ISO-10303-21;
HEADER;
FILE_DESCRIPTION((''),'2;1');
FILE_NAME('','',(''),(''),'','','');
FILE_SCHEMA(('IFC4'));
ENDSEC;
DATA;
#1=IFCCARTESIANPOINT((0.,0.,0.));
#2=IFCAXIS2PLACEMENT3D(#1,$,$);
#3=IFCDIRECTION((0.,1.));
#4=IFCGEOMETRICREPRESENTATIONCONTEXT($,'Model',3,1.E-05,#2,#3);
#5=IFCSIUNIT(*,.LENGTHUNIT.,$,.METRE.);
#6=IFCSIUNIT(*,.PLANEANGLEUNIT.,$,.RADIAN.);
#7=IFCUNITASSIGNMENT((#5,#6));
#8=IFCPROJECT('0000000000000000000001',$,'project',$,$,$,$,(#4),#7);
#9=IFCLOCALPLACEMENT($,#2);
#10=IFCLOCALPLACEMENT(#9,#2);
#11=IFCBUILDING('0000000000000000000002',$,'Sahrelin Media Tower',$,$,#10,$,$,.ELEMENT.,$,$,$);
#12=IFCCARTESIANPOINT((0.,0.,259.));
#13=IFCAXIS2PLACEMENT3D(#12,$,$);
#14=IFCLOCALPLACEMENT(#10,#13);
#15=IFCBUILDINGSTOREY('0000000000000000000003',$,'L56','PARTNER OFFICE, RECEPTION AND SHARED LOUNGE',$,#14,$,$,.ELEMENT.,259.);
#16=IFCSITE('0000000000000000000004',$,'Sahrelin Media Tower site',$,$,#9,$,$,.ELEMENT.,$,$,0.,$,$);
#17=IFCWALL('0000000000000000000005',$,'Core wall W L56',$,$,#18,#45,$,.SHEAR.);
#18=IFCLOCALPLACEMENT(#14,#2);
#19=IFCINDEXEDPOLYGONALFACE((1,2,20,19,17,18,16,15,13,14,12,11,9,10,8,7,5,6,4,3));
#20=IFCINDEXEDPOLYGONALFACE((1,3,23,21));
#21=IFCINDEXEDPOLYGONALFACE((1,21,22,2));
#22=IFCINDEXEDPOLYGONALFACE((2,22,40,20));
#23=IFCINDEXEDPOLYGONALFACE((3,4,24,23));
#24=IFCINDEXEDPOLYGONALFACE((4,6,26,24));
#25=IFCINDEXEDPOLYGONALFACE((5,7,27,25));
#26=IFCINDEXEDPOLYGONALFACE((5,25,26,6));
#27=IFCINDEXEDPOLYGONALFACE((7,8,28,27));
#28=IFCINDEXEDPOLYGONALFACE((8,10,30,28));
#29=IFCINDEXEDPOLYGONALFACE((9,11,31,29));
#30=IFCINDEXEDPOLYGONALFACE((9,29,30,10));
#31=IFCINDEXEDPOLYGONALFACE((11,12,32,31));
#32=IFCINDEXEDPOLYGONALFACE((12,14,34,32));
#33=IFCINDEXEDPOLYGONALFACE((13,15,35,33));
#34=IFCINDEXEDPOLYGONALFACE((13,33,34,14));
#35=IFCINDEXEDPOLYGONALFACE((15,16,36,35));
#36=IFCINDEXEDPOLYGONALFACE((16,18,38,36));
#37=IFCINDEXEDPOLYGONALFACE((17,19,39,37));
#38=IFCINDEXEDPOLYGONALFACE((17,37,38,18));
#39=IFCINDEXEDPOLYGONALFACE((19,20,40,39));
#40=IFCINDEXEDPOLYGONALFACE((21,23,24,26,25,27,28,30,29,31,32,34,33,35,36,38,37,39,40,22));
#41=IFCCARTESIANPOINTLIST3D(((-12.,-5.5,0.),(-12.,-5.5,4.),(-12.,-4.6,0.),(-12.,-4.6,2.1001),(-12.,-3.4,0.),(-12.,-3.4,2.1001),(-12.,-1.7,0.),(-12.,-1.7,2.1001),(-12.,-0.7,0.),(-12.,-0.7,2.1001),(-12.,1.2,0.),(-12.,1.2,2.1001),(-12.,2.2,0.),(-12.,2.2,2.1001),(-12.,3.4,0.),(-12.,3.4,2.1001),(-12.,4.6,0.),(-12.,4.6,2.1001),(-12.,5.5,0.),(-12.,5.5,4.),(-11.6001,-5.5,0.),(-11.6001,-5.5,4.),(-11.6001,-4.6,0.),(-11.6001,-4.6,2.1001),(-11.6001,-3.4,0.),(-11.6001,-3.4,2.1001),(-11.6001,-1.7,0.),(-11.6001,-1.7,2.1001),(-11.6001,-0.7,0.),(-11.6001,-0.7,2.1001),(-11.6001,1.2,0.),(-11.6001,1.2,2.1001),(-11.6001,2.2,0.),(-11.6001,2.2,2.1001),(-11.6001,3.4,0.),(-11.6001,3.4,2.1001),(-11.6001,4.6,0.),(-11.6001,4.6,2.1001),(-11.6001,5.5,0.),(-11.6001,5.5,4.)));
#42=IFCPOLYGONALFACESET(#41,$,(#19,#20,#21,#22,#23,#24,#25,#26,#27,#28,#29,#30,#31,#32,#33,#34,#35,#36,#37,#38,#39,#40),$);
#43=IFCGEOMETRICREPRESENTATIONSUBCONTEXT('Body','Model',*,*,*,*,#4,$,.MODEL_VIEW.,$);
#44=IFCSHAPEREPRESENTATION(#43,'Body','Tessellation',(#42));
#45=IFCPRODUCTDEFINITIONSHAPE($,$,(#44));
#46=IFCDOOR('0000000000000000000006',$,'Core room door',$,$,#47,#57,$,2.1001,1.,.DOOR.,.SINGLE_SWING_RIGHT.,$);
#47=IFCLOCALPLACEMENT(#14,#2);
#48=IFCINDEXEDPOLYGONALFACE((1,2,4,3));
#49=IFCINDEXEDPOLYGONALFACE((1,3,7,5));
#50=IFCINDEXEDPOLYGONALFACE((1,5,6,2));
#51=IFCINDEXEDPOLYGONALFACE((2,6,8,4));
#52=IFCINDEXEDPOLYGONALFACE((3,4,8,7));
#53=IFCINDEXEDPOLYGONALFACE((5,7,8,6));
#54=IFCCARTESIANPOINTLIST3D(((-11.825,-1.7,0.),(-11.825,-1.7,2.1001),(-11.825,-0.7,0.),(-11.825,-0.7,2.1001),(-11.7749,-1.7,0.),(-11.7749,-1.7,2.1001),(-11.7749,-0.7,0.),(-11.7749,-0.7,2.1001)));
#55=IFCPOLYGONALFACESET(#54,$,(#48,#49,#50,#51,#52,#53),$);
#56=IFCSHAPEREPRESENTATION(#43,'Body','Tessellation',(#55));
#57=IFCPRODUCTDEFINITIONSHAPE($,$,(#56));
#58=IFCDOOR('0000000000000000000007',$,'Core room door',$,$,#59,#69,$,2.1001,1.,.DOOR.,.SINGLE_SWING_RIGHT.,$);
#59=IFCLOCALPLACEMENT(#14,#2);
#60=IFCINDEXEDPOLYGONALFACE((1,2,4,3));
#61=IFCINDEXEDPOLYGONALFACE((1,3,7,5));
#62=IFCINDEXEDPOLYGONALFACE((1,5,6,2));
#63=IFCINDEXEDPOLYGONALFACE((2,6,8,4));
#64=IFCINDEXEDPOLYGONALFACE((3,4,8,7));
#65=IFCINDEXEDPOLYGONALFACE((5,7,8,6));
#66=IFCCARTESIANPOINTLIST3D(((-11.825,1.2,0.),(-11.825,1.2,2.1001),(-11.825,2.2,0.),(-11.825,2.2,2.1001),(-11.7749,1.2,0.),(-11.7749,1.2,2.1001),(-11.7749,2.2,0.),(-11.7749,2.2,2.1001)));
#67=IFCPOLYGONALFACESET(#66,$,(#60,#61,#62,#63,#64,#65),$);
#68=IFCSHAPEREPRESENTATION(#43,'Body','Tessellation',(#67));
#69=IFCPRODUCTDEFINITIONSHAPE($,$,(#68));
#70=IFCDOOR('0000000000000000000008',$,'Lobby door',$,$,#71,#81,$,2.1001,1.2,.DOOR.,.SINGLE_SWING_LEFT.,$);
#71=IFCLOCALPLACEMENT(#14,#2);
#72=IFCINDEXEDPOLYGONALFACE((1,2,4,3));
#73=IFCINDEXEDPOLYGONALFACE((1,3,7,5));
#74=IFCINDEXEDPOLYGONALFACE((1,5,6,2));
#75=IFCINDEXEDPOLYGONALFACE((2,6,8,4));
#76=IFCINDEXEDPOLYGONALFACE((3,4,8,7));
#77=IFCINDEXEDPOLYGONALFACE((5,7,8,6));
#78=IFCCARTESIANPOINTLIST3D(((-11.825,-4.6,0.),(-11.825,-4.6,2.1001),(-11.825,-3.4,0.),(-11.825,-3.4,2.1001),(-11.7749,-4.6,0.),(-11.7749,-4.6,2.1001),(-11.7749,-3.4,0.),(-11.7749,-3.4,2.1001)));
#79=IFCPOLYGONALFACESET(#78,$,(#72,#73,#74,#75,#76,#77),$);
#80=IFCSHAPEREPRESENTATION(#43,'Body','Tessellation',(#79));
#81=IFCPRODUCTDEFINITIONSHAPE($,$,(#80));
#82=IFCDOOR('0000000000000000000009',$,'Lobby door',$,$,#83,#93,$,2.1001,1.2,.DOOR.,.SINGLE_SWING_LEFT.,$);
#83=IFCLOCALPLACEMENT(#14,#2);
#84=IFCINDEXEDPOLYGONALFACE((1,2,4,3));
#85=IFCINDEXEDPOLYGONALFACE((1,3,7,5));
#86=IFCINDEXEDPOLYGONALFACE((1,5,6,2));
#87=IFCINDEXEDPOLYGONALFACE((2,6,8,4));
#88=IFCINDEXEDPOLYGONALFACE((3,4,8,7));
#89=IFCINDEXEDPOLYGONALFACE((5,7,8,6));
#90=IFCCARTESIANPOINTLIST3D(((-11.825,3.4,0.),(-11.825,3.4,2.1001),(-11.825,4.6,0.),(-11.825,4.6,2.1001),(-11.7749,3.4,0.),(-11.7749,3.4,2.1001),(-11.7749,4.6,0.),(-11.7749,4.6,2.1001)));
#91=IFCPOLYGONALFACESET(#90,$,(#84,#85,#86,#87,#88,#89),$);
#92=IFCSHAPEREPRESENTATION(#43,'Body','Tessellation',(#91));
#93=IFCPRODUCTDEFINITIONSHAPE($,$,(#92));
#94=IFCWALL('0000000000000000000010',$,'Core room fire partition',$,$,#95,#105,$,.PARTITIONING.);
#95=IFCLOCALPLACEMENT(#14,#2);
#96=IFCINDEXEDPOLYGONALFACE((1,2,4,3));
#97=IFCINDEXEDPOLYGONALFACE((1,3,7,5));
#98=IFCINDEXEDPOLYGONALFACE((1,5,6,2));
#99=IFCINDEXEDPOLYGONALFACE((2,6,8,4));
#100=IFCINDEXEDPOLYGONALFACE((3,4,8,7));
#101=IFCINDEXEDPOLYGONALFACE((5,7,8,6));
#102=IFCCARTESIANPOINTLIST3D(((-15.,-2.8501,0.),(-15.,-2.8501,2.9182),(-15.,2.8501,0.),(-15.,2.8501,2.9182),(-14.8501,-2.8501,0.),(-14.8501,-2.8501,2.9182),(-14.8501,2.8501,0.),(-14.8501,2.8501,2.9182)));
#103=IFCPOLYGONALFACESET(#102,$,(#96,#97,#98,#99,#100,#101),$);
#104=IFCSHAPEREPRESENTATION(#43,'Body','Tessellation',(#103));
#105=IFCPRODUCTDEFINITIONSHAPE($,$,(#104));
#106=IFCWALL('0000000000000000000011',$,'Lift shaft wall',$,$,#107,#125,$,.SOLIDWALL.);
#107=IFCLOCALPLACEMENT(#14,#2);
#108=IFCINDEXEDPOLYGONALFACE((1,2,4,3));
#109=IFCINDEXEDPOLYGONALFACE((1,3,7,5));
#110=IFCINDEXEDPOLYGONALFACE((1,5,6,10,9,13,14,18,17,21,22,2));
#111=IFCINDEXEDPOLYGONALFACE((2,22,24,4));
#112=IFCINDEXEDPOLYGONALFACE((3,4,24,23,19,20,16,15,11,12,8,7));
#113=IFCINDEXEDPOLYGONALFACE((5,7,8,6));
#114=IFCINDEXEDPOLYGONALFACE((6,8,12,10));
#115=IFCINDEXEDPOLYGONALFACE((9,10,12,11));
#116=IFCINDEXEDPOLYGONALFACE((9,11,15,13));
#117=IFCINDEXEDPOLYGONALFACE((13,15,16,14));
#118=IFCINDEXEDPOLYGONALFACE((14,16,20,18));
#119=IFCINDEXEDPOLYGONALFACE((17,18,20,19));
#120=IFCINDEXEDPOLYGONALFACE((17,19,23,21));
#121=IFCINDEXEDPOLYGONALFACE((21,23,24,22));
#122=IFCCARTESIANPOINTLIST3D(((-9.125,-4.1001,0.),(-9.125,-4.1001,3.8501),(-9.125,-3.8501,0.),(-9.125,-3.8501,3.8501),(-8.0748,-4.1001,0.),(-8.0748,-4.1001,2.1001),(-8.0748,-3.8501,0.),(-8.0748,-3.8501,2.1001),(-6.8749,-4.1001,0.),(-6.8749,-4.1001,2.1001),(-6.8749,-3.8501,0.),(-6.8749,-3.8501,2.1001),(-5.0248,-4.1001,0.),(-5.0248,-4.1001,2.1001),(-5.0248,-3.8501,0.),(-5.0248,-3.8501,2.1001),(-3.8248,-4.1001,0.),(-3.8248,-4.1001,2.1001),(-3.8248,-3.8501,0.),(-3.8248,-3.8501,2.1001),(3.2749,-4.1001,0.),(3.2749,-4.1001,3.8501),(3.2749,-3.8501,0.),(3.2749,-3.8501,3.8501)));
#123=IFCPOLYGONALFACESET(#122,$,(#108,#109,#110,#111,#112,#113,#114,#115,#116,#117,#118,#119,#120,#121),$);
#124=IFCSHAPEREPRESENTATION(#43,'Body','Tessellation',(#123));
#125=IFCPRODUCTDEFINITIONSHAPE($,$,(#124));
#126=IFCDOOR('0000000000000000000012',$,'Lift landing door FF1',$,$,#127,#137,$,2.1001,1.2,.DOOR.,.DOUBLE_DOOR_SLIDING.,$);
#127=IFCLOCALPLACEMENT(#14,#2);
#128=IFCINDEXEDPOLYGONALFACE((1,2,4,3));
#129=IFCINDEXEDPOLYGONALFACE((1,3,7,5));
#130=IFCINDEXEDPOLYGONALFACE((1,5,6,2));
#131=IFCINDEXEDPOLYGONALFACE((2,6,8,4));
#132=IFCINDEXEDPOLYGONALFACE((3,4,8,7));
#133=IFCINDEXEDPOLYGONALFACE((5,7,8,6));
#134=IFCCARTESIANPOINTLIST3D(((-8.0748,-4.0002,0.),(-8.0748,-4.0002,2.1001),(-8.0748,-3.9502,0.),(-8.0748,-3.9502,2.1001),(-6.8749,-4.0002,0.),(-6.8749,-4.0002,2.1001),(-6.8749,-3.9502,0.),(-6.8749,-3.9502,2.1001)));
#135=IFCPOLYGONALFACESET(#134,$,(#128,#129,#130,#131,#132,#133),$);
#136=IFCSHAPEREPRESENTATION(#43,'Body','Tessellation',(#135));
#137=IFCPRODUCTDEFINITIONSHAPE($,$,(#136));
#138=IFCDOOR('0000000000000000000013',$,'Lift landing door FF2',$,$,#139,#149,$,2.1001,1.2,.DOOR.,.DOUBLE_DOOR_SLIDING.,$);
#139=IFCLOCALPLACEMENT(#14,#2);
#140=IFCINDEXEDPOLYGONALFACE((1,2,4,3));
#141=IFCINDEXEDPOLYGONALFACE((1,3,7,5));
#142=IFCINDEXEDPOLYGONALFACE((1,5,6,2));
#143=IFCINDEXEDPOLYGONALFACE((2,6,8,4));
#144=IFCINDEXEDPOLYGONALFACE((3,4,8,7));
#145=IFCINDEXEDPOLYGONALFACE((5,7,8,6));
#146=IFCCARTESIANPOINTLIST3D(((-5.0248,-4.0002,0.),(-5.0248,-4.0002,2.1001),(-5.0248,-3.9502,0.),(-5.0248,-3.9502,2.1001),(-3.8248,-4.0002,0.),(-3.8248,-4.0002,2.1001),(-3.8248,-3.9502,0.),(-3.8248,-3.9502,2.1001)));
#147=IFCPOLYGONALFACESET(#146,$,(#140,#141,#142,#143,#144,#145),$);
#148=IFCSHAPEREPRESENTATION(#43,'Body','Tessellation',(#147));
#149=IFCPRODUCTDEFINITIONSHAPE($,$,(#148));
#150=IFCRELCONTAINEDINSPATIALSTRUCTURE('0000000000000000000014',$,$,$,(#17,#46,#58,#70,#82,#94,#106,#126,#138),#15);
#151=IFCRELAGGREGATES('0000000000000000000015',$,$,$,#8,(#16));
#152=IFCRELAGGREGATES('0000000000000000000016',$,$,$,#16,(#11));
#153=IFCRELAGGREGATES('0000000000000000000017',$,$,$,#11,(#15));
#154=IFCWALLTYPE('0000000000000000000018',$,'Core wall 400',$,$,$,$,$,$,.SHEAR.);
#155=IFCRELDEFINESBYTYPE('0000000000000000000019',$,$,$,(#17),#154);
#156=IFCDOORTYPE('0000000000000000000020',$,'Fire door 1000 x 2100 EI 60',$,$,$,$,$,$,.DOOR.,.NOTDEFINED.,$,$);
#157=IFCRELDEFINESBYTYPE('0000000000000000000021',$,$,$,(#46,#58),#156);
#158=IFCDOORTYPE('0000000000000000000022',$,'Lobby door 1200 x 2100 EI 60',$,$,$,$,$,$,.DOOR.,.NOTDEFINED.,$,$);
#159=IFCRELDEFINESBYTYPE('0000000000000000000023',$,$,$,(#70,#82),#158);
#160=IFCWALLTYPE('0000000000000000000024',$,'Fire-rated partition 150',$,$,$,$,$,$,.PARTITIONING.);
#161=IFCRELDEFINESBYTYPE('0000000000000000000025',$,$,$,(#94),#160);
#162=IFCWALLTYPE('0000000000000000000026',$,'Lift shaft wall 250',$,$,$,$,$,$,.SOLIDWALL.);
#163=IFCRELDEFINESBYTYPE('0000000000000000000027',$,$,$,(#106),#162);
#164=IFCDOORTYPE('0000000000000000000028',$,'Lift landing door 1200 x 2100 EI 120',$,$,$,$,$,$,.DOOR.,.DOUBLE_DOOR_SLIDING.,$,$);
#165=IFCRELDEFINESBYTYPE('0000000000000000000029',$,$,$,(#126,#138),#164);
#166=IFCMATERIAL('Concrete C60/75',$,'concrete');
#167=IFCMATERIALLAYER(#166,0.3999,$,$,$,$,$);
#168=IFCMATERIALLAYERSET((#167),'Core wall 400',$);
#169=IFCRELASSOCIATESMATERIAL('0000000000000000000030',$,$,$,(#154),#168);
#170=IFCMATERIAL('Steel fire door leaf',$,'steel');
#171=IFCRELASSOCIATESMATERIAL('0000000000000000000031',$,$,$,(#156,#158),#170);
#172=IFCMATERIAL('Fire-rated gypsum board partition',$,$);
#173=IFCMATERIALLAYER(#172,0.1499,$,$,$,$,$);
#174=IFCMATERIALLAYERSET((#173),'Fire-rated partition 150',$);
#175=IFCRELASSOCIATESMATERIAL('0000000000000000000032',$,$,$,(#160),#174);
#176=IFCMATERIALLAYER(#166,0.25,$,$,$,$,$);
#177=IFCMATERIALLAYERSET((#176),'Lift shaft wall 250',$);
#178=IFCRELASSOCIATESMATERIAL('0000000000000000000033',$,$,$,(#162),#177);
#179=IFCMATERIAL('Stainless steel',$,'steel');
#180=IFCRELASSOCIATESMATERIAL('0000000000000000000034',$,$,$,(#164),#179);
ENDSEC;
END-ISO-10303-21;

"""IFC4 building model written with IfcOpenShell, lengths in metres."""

from ifc_helpers import new_model, si_unit, direction, frame, frame_2d, origin, place, context, subcontext, project, spatial, rectangle, extrude, material, layer, layer_set, type_object, element, fill, save


model = new_model("IFC4")

# Units and contexts
model_context = context("Model", 3, precision=1e-05, world=origin(), true_north=direction((0.0, 1.0)))
body_context = subcontext(model_context, "Body", "Model", "MODEL_VIEW")
ifc_project = project(units=[si_unit("LENGTHUNIT", "METRE"), si_unit("PLANEANGLEUNIT", "RADIAN")], contexts=[model_context])

# Site, building, storey
site_placement = place(None, origin())
site = spatial("IfcSite", under=ifc_project, at=site_placement, Name="Sahrelin Media Tower site", CompositionType="ELEMENT", RefElevation=0.0)
building_placement = place(site_placement, origin())
building = spatial("IfcBuilding", under=site, at=building_placement, Name="Sahrelin Media Tower", CompositionType="ELEMENT")
storey_placement = place(building_placement, frame((0.0, 0.0, 259.0)))
storey = spatial("IfcBuildingStorey", under=building, at=storey_placement, Name="L56", Description="PARTNER OFFICE, RECEPTION AND SHARED LOUNGE", CompositionType="ELEMENT", Elevation=259.0)

# Shared definitions
ifc_material_1 = material(Name="Concrete C60/75", Category="concrete")
ifc_layer_1 = layer(ifc_material_1, 0.3999)
ifc_layer_set_1 = layer_set([ifc_layer_1], Name="Core wall 400")
wall_type_1 = type_object("IfcWallType", Name="Core wall 400", PredefinedType="SHEAR", material=ifc_layer_set_1)

# Wall, openings, doors
wall_1_placement = place(storey_placement, frame((-11.8, -5.5, 0.0), z_axis=(0.0, 0.0, 1.0), x_axis=(0.0, 1.0, 0.0)))
wall_1 = element("IfcWall", 1, at=wall_1_placement, inside=storey, type_object=wall_type_1, Name="Core wall W L56", PredefinedType="SHEAR", context=body_context, shape_type="SweptSolid", body=[
    extrude(rectangle(XDim=11.0, YDim=0.3999, at=frame_2d((5.5, 0.0))), origin(), (0.0, 0.0, 1.0), 4.0),
])
opening_1_placement = place(wall_1_placement, frame((3.8, 0.0, 0.0)))
opening_1 = element("IfcOpeningElement", 2, at=opening_1_placement, cuts=wall_1, PredefinedType="OPENING", context=body_context, shape_type="SweptSolid", body=[
    extrude(rectangle(XDim=1.0, YDim=2.1001, at=frame_2d((0.5, 1.05))), frame((0.0, 0.2, 0.0), z_axis=(0.0, -1.0, 0.0), x_axis=(1.0, 0.0, 0.0)), (0.0, 0.0, 1.0), 0.3999),
])
opening_2_placement = place(wall_1_placement, frame((6.7, 0.0, 0.0)))
opening_2 = element("IfcOpeningElement", 3, at=opening_2_placement, cuts=wall_1, PredefinedType="OPENING", context=body_context, shape_type="SweptSolid", body=[
    extrude(rectangle(XDim=1.0, YDim=2.1001, at=frame_2d((0.5, 1.05))), frame((0.0, 0.2, 0.0), z_axis=(0.0, -1.0, 0.0), x_axis=(1.0, 0.0, 0.0)), (0.0, 0.0, 1.0), 0.3999),
])
opening_3_placement = place(wall_1_placement, frame((0.8999, 0.0, 0.0)))
opening_3 = element("IfcOpeningElement", 4, at=opening_3_placement, cuts=wall_1, PredefinedType="OPENING", context=body_context, shape_type="SweptSolid", body=[
    extrude(rectangle(XDim=1.2, YDim=2.1001, at=frame_2d((0.6001, 1.05))), frame((0.0, 0.2, 0.0), z_axis=(0.0, -1.0, 0.0), x_axis=(1.0, 0.0, 0.0)), (0.0, 0.0, 1.0), 0.3999),
])
opening_4_placement = place(wall_1_placement, frame((8.8999, 0.0, 0.0)))
opening_4 = element("IfcOpeningElement", 5, at=opening_4_placement, cuts=wall_1, PredefinedType="OPENING", context=body_context, shape_type="SweptSolid", body=[
    extrude(rectangle(XDim=1.2, YDim=2.1001, at=frame_2d((0.6001, 1.05))), frame((0.0, 0.2, 0.0), z_axis=(0.0, -1.0, 0.0), x_axis=(1.0, 0.0, 0.0)), (0.0, 0.0, 1.0), 0.3999),
])
ifc_material_2 = material(Name="Steel fire door leaf", Category="steel")
door_type_1 = type_object("IfcDoorType", Name="Fire door 1000 x 2100 EI 60", OperationType="NOTDEFINED", PredefinedType="DOOR", material=ifc_material_2)
door_1_placement = place(opening_1_placement, origin())
door_1 = element("IfcDoor", 6, at=door_1_placement, inside=storey, type_object=door_type_1, Name="Core room door", OperationType="SINGLE_SWING_RIGHT", OverallHeight=2.1001, OverallWidth=1.0, PredefinedType="DOOR", context=body_context, shape_type="SweptSolid", body=[
    extrude(rectangle(XDim=1.0, YDim=2.1001, at=frame_2d((0.5, 1.05))), frame((0.0, 0.0249, 0.0), z_axis=(0.0, -1.0, 0.0), x_axis=(1.0, 0.0, 0.0)), (0.0, 0.0, 1.0), 0.05),
])
fill(opening_1, door_1)
door_2_placement = place(opening_2_placement, origin())
door_2 = element("IfcDoor", 7, at=door_2_placement, inside=storey, type_object=door_type_1, Name="Core room door", OperationType="SINGLE_SWING_RIGHT", OverallHeight=2.1001, OverallWidth=1.0, PredefinedType="DOOR", context=body_context, shape_type="SweptSolid", body=[
    extrude(rectangle(XDim=1.0, YDim=2.1001, at=frame_2d((0.5, 1.05))), frame((0.0, 0.0249, 0.0), z_axis=(0.0, -1.0, 0.0), x_axis=(1.0, 0.0, 0.0)), (0.0, 0.0, 1.0), 0.05),
])
fill(opening_2, door_2)
door_type_2 = type_object("IfcDoorType", Name="Lobby door 1200 x 2100 EI 60", OperationType="NOTDEFINED", PredefinedType="DOOR", material=ifc_material_2)
door_3_placement = place(opening_3_placement, origin())
door_3 = element("IfcDoor", 8, at=door_3_placement, inside=storey, type_object=door_type_2, Name="Lobby door", OperationType="SINGLE_SWING_LEFT", OverallHeight=2.1001, OverallWidth=1.2, PredefinedType="DOOR", context=body_context, shape_type="SweptSolid", body=[
    extrude(rectangle(XDim=1.2, YDim=2.1001, at=frame_2d((0.6001, 1.05))), frame((0.0, 0.0249, 0.0), z_axis=(0.0, -1.0, 0.0), x_axis=(1.0, 0.0, 0.0)), (0.0, 0.0, 1.0), 0.05),
])
fill(opening_3, door_3)
door_4_placement = place(opening_4_placement, origin())
door_4 = element("IfcDoor", 9, at=door_4_placement, inside=storey, type_object=door_type_2, Name="Lobby door", OperationType="SINGLE_SWING_LEFT", OverallHeight=2.1001, OverallWidth=1.2, PredefinedType="DOOR", context=body_context, shape_type="SweptSolid", body=[
    extrude(rectangle(XDim=1.2, YDim=2.1001, at=frame_2d((0.6001, 1.05))), frame((0.0, 0.0249, 0.0), z_axis=(0.0, -1.0, 0.0), x_axis=(1.0, 0.0, 0.0)), (0.0, 0.0, 1.0), 0.05),
])
fill(opening_4, door_4)

# Wall
ifc_material_3 = material(Name="Fire-rated gypsum board partition")
ifc_layer_2 = layer(ifc_material_3, 0.1499)
ifc_layer_set_2 = layer_set([ifc_layer_2], Name="Fire-rated partition 150")
wall_type_2 = type_object("IfcWallType", Name="Fire-rated partition 150", PredefinedType="PARTITIONING", material=ifc_layer_set_2)
wall_2_placement = place(storey_placement, frame((-14.925, -2.8501, 0.0), z_axis=(0.0, 0.0, 1.0), x_axis=(0.0, 1.0, 0.0)))
element("IfcWall", 10, at=wall_2_placement, inside=storey, type_object=wall_type_2, Name="Core room fire partition", PredefinedType="PARTITIONING", context=body_context, shape_type="SweptSolid", body=[
    extrude(rectangle(XDim=5.7002, YDim=0.1499, at=frame_2d((2.8501, 0.0))), origin(), (0.0, 0.0, 1.0), 2.9182),
])

# Wall, openings, doors
ifc_layer_3 = layer(ifc_material_1, 0.25)
ifc_layer_set_3 = layer_set([ifc_layer_3], Name="Lift shaft wall 250")
wall_type_3 = type_object("IfcWallType", Name="Lift shaft wall 250", PredefinedType="SOLIDWALL", material=ifc_layer_set_3)
wall_3_placement = place(storey_placement, frame((-9.125, -3.9751, 0.0), z_axis=(0.0, 0.0, 1.0), x_axis=(1.0, 0.0, 0.0)))
wall_3 = element("IfcWall", 11, at=wall_3_placement, inside=storey, type_object=wall_type_3, Name="Lift shaft wall", PredefinedType="SOLIDWALL", context=body_context, shape_type="SweptSolid", body=[
    extrude(rectangle(XDim=12.3999, YDim=0.25, at=frame_2d((6.2, 0.0))), origin(), (0.0, 0.0, 1.0), 3.8501),
])
opening_5_placement = place(wall_3_placement, frame((1.05, 0.0, 0.0)))
opening_5 = element("IfcOpeningElement", 12, at=opening_5_placement, cuts=wall_3, PredefinedType="OPENING", context=body_context, shape_type="SweptSolid", body=[
    extrude(rectangle(XDim=1.2, YDim=2.1001, at=frame_2d((0.6001, 1.05))), frame((0.0, 0.125, 0.0), z_axis=(0.0, -1.0, 0.0), x_axis=(1.0, 0.0, 0.0)), (0.0, 0.0, 1.0), 0.25),
])
opening_6_placement = place(wall_3_placement, frame((4.1001, 0.0, 0.0)))
opening_6 = element("IfcOpeningElement", 13, at=opening_6_placement, cuts=wall_3, PredefinedType="OPENING", context=body_context, shape_type="SweptSolid", body=[
    extrude(rectangle(XDim=1.2, YDim=2.1001, at=frame_2d((0.6001, 1.05))), frame((0.0, 0.125, 0.0), z_axis=(0.0, -1.0, 0.0), x_axis=(1.0, 0.0, 0.0)), (0.0, 0.0, 1.0), 0.25),
])
ifc_material_4 = material(Name="Stainless steel", Category="steel")
door_type_3 = type_object("IfcDoorType", Name="Lift landing door 1200 x 2100 EI 120", OperationType="DOUBLE_DOOR_SLIDING", PredefinedType="DOOR", material=ifc_material_4)
door_5_placement = place(opening_5_placement, origin())
door_5 = element("IfcDoor", 14, at=door_5_placement, inside=storey, type_object=door_type_3, Name="Lift landing door FF1", OperationType="DOUBLE_DOOR_SLIDING", OverallHeight=2.1001, OverallWidth=1.2, PredefinedType="DOOR", context=body_context, shape_type="SweptSolid", body=[
    extrude(rectangle(XDim=1.2, YDim=2.1001, at=frame_2d((0.6001, 1.05))), frame((0.0, 0.0249, 0.0), z_axis=(0.0, -1.0, 0.0), x_axis=(1.0, 0.0, 0.0)), (0.0, 0.0, 1.0), 0.05),
])
fill(opening_5, door_5)
door_6_placement = place(opening_6_placement, origin())
door_6 = element("IfcDoor", 15, at=door_6_placement, inside=storey, type_object=door_type_3, Name="Lift landing door FF2", OperationType="DOUBLE_DOOR_SLIDING", OverallHeight=2.1001, OverallWidth=1.2, PredefinedType="DOOR", context=body_context, shape_type="SweptSolid", body=[
    extrude(rectangle(XDim=1.2, YDim=2.1001, at=frame_2d((0.6001, 1.05))), frame((0.0, 0.0249, 0.0), z_axis=(0.0, -1.0, 0.0), x_axis=(1.0, 0.0, 0.0)), (0.0, 0.0, 1.0), 0.05),
])
fill(opening_6, door_6)

save(model, "model.ifc")
